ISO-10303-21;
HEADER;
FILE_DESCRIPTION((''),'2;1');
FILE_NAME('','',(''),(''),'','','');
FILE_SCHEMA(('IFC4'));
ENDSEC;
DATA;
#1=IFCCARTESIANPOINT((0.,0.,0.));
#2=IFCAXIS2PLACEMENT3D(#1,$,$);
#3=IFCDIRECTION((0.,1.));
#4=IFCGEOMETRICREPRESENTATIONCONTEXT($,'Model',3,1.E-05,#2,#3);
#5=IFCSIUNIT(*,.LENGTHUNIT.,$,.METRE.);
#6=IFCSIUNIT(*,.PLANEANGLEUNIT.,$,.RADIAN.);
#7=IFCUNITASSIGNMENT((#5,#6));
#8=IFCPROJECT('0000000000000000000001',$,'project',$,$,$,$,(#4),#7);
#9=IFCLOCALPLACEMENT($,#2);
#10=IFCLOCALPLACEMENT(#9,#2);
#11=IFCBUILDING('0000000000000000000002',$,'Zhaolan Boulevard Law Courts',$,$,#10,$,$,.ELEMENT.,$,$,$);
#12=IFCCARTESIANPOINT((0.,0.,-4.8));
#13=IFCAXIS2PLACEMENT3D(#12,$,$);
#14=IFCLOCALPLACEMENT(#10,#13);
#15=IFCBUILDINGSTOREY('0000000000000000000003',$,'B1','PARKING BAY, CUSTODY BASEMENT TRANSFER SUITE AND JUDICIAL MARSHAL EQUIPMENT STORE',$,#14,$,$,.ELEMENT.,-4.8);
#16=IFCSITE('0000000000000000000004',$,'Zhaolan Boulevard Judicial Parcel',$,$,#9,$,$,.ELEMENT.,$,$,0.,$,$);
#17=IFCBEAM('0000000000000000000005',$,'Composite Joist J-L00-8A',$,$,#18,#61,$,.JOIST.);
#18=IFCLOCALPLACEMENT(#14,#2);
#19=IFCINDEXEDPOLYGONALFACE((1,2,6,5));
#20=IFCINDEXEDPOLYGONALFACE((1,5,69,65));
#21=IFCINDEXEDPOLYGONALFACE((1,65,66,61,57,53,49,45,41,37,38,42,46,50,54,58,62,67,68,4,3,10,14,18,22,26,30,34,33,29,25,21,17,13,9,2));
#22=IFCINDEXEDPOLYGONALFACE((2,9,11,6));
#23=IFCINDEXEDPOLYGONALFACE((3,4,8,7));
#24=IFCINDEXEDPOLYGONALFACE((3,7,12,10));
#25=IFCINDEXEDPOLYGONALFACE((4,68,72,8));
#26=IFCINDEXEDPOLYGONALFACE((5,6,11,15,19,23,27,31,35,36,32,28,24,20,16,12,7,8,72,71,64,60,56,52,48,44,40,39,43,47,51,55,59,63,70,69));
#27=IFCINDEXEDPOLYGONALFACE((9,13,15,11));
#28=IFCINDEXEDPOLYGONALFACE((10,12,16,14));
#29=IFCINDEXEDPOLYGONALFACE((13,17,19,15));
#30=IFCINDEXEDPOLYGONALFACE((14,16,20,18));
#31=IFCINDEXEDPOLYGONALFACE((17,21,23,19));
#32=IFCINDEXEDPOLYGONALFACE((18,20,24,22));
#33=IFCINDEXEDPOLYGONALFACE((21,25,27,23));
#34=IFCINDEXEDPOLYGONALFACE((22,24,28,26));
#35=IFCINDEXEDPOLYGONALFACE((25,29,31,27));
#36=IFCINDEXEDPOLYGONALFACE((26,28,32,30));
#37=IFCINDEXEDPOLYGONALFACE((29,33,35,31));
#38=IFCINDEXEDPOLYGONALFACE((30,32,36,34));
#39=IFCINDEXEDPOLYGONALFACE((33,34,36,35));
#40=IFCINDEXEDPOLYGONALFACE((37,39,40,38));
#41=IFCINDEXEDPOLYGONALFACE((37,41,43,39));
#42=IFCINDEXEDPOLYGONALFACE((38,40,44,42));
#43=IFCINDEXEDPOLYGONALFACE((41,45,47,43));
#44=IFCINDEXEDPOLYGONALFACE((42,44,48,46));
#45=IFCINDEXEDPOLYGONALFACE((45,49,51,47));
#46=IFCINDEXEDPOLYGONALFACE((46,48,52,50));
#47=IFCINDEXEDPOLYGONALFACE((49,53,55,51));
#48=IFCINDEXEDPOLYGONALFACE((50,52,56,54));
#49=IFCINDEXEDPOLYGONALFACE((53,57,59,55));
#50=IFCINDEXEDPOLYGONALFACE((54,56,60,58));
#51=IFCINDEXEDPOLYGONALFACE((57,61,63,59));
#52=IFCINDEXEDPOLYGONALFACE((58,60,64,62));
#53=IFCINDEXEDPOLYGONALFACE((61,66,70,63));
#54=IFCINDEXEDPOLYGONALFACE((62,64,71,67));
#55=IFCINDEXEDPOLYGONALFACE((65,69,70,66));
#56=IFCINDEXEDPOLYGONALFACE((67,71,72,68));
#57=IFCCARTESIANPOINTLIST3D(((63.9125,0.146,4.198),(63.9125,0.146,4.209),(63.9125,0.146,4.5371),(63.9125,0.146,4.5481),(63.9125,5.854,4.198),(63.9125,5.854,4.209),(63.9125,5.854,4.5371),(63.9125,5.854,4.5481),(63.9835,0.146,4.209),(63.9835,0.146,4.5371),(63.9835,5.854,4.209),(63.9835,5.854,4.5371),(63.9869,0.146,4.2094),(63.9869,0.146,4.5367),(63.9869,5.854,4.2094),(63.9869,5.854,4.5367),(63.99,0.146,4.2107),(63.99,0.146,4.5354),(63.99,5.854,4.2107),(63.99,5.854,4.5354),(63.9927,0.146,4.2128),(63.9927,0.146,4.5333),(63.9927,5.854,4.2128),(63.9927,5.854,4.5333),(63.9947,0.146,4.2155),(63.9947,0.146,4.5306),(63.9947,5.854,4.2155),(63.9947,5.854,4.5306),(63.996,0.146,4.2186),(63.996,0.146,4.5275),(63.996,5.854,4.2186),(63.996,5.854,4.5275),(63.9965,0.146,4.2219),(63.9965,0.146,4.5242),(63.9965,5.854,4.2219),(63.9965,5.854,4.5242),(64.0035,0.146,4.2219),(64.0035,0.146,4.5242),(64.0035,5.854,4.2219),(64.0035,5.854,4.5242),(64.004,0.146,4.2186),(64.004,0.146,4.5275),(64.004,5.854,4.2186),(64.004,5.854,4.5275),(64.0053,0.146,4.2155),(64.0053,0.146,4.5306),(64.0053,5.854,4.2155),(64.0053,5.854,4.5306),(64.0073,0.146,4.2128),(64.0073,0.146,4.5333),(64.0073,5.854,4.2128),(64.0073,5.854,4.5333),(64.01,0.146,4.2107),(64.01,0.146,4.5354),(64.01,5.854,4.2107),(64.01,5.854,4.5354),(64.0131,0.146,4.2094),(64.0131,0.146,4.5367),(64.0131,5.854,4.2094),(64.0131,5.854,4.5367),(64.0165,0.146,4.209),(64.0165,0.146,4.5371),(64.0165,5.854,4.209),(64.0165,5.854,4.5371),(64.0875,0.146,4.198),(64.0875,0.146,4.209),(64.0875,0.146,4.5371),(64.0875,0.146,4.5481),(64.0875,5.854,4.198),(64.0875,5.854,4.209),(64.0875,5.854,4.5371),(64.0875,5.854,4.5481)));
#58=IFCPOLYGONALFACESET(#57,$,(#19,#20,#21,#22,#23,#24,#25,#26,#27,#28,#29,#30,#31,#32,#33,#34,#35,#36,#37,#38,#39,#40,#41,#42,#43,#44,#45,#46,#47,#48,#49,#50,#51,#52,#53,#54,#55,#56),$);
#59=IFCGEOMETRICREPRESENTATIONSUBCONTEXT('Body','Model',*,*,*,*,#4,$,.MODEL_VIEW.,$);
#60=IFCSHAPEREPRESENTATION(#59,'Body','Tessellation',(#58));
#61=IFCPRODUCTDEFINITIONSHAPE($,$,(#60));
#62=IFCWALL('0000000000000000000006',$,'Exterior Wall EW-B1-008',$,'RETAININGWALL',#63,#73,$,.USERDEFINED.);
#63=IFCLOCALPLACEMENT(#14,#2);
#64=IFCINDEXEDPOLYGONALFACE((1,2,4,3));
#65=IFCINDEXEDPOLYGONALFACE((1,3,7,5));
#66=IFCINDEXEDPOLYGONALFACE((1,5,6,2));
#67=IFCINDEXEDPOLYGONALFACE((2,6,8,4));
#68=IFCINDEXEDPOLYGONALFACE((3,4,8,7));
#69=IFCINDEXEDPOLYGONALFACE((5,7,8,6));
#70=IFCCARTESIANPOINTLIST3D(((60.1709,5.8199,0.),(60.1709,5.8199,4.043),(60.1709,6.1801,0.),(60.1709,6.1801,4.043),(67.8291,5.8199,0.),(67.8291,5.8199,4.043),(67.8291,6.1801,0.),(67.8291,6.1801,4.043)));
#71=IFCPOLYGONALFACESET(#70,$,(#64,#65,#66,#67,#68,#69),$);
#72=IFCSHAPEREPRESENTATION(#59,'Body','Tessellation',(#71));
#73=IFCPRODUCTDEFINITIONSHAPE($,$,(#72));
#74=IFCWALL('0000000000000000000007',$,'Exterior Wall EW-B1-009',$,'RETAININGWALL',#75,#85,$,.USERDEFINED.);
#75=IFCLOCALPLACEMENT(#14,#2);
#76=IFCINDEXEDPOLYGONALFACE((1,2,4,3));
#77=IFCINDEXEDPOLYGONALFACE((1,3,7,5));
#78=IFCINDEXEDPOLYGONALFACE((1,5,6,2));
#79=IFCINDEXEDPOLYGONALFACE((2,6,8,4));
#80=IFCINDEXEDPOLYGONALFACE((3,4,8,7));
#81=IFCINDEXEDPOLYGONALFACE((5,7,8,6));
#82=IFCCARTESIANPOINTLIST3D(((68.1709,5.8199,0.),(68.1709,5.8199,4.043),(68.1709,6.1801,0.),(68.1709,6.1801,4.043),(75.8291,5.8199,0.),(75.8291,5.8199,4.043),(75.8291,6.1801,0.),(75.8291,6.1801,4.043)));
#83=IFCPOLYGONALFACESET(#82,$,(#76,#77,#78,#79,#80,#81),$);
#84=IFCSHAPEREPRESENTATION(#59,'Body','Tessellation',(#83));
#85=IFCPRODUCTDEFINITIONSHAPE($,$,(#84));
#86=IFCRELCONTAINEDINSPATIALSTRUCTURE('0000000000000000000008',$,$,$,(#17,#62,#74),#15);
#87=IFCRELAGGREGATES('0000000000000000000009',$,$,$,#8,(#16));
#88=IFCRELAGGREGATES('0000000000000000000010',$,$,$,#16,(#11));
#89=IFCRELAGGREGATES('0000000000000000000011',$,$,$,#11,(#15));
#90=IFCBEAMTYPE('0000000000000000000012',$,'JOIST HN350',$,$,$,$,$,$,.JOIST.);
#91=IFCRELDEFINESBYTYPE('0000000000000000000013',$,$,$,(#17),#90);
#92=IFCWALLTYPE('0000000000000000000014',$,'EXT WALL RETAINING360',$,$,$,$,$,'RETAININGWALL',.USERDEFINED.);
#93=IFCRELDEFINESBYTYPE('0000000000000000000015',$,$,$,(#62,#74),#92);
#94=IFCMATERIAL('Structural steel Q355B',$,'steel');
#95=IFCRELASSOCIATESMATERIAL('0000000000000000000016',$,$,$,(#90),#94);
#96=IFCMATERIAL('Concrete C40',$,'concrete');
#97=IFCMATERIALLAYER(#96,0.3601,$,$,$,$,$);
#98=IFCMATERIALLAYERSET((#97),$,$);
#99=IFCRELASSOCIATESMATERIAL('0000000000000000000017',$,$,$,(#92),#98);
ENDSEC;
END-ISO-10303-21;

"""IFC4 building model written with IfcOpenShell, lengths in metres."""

from ifc_helpers import new_model, si_unit, direction, frame, frame_2d, origin, origin_2d, place, context, subcontext, project, spatial, rectangle, i_section, extrude, material, layer, layer_set, material_profile, profile_set, type_object, element, save


model = new_model("IFC4")

# Units and contexts
model_context = context("Model", 3, precision=1e-05, world=origin(), true_north=direction((0.0, 1.0)))
body_context = subcontext(model_context, "Body", "Model", "MODEL_VIEW")
ifc_project = project(units=[si_unit("LENGTHUNIT", "METRE"), si_unit("PLANEANGLEUNIT", "RADIAN")], contexts=[model_context])

# Site, building, storey
site_placement = place(None, origin())
site = spatial("IfcSite", under=ifc_project, at=site_placement, Name="Zhaolan Boulevard Judicial Parcel", CompositionType="ELEMENT", RefElevation=0.0)
building_placement = place(site_placement, origin())
building = spatial("IfcBuilding", under=site, at=building_placement, Name="Zhaolan Boulevard Law Courts", CompositionType="ELEMENT")
storey_placement = place(building_placement, frame((0.0, 0.0, -4.8)))
storey = spatial("IfcBuildingStorey", under=building, at=storey_placement, Name="B1", Description="PARKING BAY, CUSTODY BASEMENT TRANSFER SUITE AND JUDICIAL MARSHAL EQUIPMENT STORE", CompositionType="ELEMENT", Elevation=-4.8)

# Beam
ifc_material_1 = material(Name="Structural steel Q355B", Category="steel")
ifc_material_profile_1 = material_profile(ifc_material_1, i_section(OverallWidth=0.175, OverallDepth=0.3501, WebThickness=0.0071, FlangeThickness=0.011, FilletRadius=0.0129, at=origin_2d()), Name="HN350x175")
ifc_profile_set_1 = profile_set([ifc_material_profile_1], Name="Structural steel Q355B")
beam_type_1 = type_object("IfcBeamType", Name="JOIST HN350", PredefinedType="JOIST", material=ifc_profile_set_1)
beam_1_placement = place(storey_placement, frame((64.0, 0.146, 4.373), z_axis=(0.0, 1.0, 0.0), x_axis=(-1.0, 0.0, 0.0)))
element("IfcBeam", 1, at=beam_1_placement, inside=storey, type_object=beam_type_1, Name="Composite Joist J-L00-8A", PredefinedType="JOIST", context=body_context, shape_type="SweptSolid", body=[
    extrude(i_section(OverallWidth=0.175, OverallDepth=0.3501, WebThickness=0.0071, FlangeThickness=0.011, FilletRadius=0.0129, at=origin_2d()), origin(), (0.0, 0.0, 1.0), 5.708),
])

# Walls
ifc_material_2 = material(Name="Concrete C40", Category="concrete")
ifc_layer = layer(ifc_material_2, 0.3601)
ifc_layer_set = layer_set([ifc_layer])
wall_type = type_object("IfcWallType", Name="EXT WALL RETAINING360", ElementType="RETAININGWALL", PredefinedType="USERDEFINED", material=ifc_layer_set)
for number, where, z_axis, x_axis, name in (
    (2, (60.1709, 6.0, 0.0), (0.0, 0.0, 1.0), (1.0, 0.0, 0.0), "Exterior Wall EW-B1-008"),
    (3, (68.1709, 6.0, 0.0), (0.0, 0.0, 1.0), (1.0, 0.0, 0.0), "Exterior Wall EW-B1-009"),
):
    element("IfcWall", number, at=place(storey_placement, frame(where, z_axis=z_axis, x_axis=x_axis)), inside=storey, type_object=wall_type, Name=name, ObjectType="RETAININGWALL", PredefinedType="USERDEFINED", context=body_context, shape_type="SweptSolid", body=[
        extrude(rectangle(XDim=7.6582, YDim=0.3601, at=frame_2d((3.8291, 0.0))), origin(), (0.0, 0.0, 1.0), 4.043),
    ])

save(model, "model.ifc")
